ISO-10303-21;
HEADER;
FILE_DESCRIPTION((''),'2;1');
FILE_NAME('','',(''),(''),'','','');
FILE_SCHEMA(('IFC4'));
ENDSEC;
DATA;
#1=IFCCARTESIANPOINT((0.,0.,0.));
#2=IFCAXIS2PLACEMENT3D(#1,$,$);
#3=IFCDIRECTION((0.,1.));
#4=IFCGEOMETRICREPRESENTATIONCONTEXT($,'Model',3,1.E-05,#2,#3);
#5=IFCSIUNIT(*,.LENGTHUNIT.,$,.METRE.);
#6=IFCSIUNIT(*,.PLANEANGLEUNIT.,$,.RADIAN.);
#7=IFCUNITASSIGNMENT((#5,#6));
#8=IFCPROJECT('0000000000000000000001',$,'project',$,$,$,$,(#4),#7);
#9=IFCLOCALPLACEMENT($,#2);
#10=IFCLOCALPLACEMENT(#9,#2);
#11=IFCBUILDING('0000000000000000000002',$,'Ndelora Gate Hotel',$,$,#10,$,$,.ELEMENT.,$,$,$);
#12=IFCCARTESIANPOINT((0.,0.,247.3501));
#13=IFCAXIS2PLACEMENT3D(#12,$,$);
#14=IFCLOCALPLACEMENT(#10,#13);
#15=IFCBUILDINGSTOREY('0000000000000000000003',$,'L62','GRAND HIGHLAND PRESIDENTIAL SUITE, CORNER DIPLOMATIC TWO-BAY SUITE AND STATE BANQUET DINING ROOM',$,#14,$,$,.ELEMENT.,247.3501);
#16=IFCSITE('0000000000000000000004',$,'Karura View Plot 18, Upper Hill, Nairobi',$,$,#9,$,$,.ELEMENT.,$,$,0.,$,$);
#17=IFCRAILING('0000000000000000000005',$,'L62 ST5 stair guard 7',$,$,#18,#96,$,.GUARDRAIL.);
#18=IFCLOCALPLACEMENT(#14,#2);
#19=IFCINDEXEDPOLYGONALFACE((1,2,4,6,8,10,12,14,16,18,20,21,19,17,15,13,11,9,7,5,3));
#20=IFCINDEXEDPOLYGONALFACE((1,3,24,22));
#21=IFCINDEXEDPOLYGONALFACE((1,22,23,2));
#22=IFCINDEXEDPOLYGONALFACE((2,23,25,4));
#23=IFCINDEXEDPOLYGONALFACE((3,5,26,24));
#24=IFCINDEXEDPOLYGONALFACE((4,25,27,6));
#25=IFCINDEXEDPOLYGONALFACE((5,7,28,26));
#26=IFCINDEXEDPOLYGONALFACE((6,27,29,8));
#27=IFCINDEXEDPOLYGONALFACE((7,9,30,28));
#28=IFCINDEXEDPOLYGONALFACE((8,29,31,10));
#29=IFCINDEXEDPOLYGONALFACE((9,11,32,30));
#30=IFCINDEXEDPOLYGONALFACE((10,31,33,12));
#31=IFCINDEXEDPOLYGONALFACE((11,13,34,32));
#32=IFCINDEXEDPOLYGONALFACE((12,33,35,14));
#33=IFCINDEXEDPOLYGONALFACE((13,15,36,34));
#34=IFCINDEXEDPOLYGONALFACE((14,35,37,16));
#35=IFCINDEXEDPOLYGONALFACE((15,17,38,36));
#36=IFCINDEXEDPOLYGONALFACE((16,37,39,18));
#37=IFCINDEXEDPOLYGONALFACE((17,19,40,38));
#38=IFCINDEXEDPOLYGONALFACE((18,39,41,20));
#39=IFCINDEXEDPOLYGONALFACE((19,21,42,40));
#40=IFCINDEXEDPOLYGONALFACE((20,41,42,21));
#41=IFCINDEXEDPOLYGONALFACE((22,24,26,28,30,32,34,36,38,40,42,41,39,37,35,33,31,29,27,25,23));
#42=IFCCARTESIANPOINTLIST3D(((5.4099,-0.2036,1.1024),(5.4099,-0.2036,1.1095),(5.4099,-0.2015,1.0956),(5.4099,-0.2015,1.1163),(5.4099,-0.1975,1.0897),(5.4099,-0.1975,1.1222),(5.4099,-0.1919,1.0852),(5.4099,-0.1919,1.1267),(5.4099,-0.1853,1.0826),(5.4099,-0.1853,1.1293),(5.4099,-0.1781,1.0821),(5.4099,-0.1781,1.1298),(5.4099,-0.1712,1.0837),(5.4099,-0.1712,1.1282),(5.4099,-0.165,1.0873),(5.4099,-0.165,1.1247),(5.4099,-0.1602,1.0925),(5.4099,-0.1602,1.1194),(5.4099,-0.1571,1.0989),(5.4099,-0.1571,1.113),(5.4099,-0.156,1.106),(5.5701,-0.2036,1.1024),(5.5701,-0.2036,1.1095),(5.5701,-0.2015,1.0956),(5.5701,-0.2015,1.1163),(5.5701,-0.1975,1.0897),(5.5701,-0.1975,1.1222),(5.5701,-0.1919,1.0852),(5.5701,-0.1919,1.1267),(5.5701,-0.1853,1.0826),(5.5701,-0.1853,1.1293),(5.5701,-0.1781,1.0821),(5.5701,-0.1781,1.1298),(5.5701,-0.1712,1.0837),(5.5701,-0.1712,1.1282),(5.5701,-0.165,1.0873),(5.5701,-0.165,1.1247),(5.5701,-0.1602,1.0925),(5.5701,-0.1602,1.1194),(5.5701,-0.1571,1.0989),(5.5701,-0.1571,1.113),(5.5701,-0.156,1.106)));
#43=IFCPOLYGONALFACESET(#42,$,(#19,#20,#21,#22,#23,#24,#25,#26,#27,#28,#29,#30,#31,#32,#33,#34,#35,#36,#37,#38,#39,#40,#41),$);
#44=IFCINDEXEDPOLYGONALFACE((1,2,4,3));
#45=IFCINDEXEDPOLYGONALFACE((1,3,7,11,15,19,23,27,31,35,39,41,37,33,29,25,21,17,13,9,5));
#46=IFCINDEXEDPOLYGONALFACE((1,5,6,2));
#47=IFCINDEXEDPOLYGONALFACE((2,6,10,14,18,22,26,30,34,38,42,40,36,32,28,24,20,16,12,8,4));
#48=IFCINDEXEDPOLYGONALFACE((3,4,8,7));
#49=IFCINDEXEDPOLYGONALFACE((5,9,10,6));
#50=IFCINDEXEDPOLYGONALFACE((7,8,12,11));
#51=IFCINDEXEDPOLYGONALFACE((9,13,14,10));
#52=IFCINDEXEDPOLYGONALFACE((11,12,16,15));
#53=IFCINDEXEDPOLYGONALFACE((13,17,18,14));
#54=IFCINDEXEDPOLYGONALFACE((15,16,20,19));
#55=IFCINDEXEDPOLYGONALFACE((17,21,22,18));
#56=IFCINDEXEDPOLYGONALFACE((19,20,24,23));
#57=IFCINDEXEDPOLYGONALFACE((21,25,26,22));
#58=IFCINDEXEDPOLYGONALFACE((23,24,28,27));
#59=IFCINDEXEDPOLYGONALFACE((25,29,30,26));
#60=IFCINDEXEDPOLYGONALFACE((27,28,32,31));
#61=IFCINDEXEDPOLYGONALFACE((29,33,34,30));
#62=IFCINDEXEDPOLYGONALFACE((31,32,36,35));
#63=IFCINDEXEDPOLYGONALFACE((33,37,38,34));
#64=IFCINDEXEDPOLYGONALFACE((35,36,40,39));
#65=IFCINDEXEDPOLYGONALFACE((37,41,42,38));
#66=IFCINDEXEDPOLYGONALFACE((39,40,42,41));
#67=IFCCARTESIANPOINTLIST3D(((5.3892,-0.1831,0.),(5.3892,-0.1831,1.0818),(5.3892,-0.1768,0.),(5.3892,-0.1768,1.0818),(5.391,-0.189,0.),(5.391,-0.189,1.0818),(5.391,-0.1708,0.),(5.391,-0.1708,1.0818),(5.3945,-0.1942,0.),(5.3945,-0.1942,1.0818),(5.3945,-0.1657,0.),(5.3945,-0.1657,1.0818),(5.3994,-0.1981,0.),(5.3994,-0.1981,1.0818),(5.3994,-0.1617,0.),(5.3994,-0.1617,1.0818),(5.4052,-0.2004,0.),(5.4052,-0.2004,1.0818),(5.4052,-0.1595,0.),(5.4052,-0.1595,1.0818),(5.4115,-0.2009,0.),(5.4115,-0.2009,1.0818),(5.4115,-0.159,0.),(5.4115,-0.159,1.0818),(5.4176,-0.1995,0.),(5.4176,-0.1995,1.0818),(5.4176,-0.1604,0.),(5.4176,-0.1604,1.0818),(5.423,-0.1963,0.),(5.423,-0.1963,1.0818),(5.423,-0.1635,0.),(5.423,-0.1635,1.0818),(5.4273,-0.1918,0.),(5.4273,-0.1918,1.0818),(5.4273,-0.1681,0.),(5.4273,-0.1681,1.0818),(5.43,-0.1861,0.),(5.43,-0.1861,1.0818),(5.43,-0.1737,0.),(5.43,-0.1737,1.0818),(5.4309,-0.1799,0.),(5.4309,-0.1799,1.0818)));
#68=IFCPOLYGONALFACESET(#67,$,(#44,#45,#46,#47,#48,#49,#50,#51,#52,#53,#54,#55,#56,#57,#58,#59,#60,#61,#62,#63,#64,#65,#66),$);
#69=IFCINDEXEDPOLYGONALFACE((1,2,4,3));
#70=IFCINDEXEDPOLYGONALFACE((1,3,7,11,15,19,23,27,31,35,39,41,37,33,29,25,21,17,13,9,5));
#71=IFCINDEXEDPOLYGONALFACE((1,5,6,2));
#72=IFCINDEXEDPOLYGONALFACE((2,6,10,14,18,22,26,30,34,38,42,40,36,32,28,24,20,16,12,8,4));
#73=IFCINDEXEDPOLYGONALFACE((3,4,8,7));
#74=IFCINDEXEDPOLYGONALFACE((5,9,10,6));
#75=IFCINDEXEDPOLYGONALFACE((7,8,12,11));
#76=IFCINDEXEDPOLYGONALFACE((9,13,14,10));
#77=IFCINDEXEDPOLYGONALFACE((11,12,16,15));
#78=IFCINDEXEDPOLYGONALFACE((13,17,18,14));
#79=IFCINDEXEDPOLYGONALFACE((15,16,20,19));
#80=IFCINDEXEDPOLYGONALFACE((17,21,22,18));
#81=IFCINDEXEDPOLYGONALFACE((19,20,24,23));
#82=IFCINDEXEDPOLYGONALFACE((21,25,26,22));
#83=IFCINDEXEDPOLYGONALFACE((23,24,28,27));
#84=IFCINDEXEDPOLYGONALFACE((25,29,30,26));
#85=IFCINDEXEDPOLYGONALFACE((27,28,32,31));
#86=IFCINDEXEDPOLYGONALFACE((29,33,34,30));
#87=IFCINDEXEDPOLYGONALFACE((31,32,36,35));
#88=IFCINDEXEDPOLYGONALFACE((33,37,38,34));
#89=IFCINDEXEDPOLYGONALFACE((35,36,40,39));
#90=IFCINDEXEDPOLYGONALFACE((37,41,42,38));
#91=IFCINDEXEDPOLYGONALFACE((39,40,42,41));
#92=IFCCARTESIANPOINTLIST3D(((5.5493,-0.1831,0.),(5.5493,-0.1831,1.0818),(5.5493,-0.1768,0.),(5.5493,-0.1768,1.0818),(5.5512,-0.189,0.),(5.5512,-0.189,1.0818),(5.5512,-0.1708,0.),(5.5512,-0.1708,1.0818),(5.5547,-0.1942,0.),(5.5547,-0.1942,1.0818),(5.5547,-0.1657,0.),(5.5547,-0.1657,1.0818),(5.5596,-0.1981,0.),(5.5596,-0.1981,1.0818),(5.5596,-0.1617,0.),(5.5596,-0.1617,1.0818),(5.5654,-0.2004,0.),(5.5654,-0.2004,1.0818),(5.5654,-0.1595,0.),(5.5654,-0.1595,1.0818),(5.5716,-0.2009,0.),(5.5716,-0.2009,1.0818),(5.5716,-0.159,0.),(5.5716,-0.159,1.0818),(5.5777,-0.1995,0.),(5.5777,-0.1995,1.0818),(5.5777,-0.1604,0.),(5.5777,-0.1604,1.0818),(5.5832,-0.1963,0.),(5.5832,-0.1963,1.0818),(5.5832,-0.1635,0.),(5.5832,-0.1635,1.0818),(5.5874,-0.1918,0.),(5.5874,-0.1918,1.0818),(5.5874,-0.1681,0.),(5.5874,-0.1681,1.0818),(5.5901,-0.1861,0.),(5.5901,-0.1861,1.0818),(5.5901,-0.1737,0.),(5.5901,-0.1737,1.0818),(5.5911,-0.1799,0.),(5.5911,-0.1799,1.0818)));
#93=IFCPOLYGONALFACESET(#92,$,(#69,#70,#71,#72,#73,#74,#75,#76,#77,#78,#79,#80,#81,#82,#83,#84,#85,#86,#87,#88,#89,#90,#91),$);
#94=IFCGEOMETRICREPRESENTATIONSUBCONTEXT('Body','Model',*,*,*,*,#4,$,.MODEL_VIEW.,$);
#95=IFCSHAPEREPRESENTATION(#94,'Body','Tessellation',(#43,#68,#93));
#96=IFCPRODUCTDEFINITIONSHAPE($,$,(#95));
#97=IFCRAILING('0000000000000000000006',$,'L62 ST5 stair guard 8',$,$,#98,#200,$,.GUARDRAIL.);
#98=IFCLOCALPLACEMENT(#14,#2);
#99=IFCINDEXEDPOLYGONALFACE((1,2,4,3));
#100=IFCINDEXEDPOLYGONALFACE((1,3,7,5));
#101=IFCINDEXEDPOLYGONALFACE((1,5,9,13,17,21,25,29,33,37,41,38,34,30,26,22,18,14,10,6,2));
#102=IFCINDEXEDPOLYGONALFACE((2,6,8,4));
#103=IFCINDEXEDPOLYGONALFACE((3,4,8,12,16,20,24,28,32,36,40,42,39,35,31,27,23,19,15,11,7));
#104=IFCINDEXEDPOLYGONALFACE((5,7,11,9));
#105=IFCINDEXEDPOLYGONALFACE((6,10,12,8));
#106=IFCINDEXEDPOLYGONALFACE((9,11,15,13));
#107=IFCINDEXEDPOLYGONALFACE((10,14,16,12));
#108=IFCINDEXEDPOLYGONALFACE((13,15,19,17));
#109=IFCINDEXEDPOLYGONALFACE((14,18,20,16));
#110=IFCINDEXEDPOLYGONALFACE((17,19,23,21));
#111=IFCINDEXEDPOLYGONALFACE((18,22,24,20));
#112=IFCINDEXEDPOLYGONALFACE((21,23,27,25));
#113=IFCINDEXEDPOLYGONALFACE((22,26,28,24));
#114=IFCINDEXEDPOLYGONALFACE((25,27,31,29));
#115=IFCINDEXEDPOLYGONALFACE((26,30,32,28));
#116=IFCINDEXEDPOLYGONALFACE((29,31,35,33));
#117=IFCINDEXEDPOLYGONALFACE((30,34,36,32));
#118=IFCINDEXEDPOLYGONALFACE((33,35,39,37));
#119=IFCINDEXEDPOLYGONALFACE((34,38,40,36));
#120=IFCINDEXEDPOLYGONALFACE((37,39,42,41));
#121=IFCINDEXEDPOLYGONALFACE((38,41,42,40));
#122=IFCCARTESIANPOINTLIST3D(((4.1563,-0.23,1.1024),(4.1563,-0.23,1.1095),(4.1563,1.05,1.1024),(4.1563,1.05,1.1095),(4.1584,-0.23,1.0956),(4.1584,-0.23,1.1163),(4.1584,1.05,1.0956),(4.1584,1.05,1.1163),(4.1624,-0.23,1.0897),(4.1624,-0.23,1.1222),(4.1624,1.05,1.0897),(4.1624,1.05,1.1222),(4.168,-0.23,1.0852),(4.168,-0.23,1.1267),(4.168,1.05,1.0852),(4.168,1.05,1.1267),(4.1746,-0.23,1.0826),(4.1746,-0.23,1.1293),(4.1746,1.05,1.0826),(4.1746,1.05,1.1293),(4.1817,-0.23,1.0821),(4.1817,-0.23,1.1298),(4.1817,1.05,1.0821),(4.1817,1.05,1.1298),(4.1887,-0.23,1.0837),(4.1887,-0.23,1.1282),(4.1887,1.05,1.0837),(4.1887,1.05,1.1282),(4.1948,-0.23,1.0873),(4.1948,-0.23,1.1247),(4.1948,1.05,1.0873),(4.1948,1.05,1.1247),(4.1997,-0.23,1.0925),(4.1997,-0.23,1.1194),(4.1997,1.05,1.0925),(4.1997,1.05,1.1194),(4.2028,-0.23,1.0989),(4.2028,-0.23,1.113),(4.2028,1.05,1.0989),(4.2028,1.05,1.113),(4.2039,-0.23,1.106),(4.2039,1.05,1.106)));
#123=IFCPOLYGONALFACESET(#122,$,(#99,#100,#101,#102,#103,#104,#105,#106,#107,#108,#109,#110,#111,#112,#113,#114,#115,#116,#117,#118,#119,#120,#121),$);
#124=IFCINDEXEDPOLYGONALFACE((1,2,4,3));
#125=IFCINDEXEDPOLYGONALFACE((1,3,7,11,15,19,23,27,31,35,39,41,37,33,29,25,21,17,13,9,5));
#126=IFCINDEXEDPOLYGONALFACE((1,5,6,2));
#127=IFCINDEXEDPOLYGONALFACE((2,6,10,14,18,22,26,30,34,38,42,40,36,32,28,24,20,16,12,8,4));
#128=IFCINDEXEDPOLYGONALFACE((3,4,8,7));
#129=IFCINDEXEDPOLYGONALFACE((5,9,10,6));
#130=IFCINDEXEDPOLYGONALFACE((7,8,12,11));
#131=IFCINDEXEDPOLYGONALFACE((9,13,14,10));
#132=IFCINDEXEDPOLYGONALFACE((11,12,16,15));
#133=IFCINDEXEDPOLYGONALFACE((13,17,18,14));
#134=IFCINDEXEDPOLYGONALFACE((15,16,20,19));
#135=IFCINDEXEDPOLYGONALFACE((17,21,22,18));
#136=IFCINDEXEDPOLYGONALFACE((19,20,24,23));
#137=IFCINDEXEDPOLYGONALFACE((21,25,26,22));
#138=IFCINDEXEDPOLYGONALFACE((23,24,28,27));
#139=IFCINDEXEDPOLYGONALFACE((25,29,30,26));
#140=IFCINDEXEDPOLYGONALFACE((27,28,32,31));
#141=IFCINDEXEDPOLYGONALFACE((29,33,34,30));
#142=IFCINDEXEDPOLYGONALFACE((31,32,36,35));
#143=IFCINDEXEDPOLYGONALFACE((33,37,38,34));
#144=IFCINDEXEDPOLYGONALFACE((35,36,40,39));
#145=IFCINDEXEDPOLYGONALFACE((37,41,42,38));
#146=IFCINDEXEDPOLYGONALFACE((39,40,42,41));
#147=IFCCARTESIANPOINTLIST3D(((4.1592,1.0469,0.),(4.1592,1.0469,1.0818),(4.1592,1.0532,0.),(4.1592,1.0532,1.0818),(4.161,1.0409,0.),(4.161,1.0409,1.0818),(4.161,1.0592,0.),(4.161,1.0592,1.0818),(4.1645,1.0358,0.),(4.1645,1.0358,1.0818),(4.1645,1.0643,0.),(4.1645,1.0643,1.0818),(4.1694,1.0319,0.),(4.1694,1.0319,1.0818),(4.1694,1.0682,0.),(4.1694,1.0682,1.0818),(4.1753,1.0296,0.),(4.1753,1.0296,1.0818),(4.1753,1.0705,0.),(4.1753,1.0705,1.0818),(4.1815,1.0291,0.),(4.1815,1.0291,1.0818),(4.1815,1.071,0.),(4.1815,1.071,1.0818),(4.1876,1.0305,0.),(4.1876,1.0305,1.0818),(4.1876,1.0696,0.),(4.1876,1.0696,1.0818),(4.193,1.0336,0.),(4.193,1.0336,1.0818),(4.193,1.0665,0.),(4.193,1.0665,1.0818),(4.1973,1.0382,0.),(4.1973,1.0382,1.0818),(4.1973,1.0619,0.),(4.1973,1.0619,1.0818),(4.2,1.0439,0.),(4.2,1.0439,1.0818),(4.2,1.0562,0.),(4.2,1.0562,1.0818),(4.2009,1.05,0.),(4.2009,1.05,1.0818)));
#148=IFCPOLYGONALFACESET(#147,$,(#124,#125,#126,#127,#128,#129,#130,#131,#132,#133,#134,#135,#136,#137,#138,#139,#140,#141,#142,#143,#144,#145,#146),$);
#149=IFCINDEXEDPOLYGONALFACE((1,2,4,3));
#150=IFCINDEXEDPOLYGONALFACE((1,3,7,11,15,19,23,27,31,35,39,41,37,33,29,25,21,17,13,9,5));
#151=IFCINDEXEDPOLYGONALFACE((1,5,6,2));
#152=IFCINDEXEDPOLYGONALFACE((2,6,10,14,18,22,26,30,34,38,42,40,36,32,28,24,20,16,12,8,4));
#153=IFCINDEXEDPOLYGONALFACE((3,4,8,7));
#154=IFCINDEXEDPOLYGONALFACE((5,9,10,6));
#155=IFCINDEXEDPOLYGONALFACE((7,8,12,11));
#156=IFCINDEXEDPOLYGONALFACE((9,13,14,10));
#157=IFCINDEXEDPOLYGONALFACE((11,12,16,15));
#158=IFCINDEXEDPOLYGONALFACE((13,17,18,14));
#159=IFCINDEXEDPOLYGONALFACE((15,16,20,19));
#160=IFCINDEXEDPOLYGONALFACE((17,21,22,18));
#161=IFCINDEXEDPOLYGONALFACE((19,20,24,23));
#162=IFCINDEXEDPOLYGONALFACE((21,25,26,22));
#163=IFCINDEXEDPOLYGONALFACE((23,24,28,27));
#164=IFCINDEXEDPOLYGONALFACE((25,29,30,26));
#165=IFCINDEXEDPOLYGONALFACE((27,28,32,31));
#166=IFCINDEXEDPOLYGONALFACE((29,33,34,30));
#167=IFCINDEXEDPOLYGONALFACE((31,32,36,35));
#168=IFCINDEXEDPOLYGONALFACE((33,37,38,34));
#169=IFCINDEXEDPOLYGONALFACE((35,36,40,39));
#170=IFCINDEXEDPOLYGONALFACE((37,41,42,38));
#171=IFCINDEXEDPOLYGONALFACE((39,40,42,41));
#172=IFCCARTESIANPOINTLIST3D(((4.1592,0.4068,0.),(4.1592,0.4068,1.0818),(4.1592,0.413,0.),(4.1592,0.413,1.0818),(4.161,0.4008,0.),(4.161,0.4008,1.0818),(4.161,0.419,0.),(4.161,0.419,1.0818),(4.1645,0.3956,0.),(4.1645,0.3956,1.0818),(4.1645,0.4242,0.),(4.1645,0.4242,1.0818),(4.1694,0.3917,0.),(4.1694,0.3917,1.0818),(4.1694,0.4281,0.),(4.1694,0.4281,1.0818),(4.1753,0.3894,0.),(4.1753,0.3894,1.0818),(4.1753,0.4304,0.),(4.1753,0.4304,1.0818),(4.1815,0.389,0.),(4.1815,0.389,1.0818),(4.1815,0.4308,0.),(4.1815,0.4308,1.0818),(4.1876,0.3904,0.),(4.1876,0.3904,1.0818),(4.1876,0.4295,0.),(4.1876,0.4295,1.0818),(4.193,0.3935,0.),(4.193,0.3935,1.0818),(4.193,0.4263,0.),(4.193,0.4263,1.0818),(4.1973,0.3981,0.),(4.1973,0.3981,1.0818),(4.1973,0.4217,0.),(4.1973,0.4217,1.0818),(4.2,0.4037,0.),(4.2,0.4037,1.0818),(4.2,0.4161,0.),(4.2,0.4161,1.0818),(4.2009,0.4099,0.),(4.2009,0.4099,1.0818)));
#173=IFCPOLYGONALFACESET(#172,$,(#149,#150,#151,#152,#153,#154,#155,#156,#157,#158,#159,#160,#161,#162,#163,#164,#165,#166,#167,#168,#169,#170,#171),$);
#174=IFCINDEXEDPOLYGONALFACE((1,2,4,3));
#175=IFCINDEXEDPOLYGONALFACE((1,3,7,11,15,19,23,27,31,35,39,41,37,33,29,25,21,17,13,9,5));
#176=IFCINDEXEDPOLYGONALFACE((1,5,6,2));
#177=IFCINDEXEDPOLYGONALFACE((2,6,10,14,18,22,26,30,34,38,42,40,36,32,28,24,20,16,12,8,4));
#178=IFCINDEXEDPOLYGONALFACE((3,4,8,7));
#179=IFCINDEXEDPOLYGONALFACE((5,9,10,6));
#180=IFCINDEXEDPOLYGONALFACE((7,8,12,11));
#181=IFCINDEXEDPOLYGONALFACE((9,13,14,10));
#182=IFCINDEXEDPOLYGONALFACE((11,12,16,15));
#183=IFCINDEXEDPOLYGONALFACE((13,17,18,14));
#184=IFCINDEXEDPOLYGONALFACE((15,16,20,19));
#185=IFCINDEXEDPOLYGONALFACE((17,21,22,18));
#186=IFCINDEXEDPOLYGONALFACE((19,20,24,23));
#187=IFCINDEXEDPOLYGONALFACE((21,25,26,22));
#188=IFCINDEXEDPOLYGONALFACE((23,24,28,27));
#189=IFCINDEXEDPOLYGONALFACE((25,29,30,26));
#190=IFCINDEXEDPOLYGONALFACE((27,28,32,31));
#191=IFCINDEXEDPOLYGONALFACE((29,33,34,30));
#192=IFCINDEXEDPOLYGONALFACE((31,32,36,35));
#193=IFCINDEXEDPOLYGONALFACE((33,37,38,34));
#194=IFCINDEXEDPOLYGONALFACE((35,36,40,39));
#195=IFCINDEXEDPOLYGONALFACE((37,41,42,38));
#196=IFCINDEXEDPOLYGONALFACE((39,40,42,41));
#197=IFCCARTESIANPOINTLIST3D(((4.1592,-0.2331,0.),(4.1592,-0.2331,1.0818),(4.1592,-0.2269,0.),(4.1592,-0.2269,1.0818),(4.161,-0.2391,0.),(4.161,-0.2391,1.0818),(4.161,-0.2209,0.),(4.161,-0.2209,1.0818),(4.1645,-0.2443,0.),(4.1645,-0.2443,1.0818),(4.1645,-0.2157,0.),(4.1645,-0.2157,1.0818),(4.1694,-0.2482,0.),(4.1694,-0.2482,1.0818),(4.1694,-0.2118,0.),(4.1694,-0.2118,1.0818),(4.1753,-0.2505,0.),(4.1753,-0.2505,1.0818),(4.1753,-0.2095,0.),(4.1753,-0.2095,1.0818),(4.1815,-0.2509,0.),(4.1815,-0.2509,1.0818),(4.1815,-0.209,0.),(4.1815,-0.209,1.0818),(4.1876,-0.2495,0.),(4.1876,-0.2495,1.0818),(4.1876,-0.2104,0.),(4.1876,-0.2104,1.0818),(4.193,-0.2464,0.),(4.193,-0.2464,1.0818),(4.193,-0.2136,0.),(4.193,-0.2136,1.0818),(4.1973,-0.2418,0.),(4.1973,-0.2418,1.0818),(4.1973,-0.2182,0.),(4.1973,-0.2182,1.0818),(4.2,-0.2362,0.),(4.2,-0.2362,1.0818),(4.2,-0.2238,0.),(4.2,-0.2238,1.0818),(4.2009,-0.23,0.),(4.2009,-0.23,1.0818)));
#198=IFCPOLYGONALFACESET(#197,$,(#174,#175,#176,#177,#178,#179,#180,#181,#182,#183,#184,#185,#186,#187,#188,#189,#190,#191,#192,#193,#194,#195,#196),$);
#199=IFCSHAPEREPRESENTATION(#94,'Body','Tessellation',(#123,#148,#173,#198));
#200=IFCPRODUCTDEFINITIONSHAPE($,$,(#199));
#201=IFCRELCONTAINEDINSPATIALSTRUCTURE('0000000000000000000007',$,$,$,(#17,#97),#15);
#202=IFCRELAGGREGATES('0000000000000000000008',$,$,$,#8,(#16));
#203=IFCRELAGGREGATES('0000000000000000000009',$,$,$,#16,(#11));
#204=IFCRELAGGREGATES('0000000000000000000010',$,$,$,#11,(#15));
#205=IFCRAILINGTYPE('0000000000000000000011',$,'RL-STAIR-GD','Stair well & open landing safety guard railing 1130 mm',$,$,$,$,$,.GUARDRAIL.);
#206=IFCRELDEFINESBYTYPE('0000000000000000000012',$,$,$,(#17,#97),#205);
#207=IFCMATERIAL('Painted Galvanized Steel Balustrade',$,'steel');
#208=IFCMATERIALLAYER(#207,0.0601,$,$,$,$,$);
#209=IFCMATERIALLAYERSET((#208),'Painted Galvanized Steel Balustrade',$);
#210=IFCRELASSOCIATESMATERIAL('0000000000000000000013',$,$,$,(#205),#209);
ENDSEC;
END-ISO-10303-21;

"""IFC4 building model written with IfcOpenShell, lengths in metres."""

from ifc_helpers import new_model, si_unit, direction, frame, origin, origin_2d, place, context, subcontext, project, spatial, circle, extrude, material, layer, layer_set, type_object, element, save


model = new_model("IFC4")

# Units and contexts
model_context = context("Model", 3, precision=1e-05, world=origin(), true_north=direction((0.0, 1.0)))
body_context = subcontext(model_context, "Body", "Model", "MODEL_VIEW")
ifc_project = project(units=[si_unit("LENGTHUNIT", "METRE"), si_unit("PLANEANGLEUNIT", "RADIAN")], contexts=[model_context])

# Site, building, storey
site_placement = place(None, origin())
site = spatial("IfcSite", under=ifc_project, at=site_placement, Name="Karura View Plot 18, Upper Hill, Nairobi", CompositionType="ELEMENT", RefElevation=0.0)
building_placement = place(site_placement, origin())
building = spatial("IfcBuilding", under=site, at=building_placement, Name="Ndelora Gate Hotel", CompositionType="ELEMENT")
storey_placement = place(building_placement, frame((0.0, 0.0, 247.3501)))
storey = spatial("IfcBuildingStorey", under=building, at=storey_placement, Name="L62", Description="GRAND HIGHLAND PRESIDENTIAL SUITE, CORNER DIPLOMATIC TWO-BAY SUITE AND STATE BANQUET DINING ROOM", CompositionType="ELEMENT", Elevation=247.3501)

# Railings
ifc_material_1 = material(Name="Painted Galvanized Steel Balustrade", Category="steel")
ifc_layer_1 = layer(ifc_material_1, 0.0601)
ifc_layer_set_1 = layer_set([ifc_layer_1], Name="Painted Galvanized Steel Balustrade")
railing_type_1 = type_object("IfcRailingType", Name="RL-STAIR-GD", Description="Stair well & open landing safety guard railing 1130 mm", PredefinedType="GUARDRAIL", material=ifc_layer_set_1)
railing_1_placement = place(storey_placement, frame((5.4099, -0.1799, 0.0)))
element("IfcRailing", 1, at=railing_1_placement, inside=storey, type_object=railing_type_1, Name="L62 ST5 stair guard 7", PredefinedType="GUARDRAIL", context=body_context, shape_type="SweptSolid", body=[
    extrude(circle(Radius=0.0239, at=origin_2d()), frame((0.0, 0.0, 1.106), z_axis=(1.0, 0.0, 0.0), x_axis=(0.0, 1.0, 0.0)), (0.0, 0.0, 1.0), 0.1602),
    extrude(circle(Radius=0.021, at=origin_2d()), origin(), (0.0, 0.0, 1.0), 1.0818),
    extrude(circle(Radius=0.021, at=origin_2d()), frame((0.1602, 0.0, 0.0)), (0.0, 0.0, 1.0), 1.0818),
])
for number, where, name in (
    (2, (4.1799, 1.05, 0.0), "L62 ST5 stair guard 8"),
):
    element("IfcRailing", number, at=place(storey_placement, frame(where)), inside=storey, type_object=railing_type_1, Name=name, PredefinedType="GUARDRAIL", context=body_context, shape_type="SweptSolid", body=[
        extrude(circle(Radius=0.0239, at=origin_2d()), frame((0.0, 0.0, 1.106), z_axis=(0.0, -1.0, 0.0), x_axis=(1.0, 0.0, 0.0)), (0.0, 0.0, 1.0), 1.28),
        extrude(circle(Radius=0.021, at=origin_2d()), origin(), (0.0, 0.0, 1.0), 1.0818),
        extrude(circle(Radius=0.021, at=origin_2d()), frame((0.0, -0.6401, 0.0)), (0.0, 0.0, 1.0), 1.0818),
        extrude(circle(Radius=0.021, at=origin_2d()), frame((0.0, -1.28, 0.0)), (0.0, 0.0, 1.0), 1.0818),
    ])

save(model, "model.ifc")
